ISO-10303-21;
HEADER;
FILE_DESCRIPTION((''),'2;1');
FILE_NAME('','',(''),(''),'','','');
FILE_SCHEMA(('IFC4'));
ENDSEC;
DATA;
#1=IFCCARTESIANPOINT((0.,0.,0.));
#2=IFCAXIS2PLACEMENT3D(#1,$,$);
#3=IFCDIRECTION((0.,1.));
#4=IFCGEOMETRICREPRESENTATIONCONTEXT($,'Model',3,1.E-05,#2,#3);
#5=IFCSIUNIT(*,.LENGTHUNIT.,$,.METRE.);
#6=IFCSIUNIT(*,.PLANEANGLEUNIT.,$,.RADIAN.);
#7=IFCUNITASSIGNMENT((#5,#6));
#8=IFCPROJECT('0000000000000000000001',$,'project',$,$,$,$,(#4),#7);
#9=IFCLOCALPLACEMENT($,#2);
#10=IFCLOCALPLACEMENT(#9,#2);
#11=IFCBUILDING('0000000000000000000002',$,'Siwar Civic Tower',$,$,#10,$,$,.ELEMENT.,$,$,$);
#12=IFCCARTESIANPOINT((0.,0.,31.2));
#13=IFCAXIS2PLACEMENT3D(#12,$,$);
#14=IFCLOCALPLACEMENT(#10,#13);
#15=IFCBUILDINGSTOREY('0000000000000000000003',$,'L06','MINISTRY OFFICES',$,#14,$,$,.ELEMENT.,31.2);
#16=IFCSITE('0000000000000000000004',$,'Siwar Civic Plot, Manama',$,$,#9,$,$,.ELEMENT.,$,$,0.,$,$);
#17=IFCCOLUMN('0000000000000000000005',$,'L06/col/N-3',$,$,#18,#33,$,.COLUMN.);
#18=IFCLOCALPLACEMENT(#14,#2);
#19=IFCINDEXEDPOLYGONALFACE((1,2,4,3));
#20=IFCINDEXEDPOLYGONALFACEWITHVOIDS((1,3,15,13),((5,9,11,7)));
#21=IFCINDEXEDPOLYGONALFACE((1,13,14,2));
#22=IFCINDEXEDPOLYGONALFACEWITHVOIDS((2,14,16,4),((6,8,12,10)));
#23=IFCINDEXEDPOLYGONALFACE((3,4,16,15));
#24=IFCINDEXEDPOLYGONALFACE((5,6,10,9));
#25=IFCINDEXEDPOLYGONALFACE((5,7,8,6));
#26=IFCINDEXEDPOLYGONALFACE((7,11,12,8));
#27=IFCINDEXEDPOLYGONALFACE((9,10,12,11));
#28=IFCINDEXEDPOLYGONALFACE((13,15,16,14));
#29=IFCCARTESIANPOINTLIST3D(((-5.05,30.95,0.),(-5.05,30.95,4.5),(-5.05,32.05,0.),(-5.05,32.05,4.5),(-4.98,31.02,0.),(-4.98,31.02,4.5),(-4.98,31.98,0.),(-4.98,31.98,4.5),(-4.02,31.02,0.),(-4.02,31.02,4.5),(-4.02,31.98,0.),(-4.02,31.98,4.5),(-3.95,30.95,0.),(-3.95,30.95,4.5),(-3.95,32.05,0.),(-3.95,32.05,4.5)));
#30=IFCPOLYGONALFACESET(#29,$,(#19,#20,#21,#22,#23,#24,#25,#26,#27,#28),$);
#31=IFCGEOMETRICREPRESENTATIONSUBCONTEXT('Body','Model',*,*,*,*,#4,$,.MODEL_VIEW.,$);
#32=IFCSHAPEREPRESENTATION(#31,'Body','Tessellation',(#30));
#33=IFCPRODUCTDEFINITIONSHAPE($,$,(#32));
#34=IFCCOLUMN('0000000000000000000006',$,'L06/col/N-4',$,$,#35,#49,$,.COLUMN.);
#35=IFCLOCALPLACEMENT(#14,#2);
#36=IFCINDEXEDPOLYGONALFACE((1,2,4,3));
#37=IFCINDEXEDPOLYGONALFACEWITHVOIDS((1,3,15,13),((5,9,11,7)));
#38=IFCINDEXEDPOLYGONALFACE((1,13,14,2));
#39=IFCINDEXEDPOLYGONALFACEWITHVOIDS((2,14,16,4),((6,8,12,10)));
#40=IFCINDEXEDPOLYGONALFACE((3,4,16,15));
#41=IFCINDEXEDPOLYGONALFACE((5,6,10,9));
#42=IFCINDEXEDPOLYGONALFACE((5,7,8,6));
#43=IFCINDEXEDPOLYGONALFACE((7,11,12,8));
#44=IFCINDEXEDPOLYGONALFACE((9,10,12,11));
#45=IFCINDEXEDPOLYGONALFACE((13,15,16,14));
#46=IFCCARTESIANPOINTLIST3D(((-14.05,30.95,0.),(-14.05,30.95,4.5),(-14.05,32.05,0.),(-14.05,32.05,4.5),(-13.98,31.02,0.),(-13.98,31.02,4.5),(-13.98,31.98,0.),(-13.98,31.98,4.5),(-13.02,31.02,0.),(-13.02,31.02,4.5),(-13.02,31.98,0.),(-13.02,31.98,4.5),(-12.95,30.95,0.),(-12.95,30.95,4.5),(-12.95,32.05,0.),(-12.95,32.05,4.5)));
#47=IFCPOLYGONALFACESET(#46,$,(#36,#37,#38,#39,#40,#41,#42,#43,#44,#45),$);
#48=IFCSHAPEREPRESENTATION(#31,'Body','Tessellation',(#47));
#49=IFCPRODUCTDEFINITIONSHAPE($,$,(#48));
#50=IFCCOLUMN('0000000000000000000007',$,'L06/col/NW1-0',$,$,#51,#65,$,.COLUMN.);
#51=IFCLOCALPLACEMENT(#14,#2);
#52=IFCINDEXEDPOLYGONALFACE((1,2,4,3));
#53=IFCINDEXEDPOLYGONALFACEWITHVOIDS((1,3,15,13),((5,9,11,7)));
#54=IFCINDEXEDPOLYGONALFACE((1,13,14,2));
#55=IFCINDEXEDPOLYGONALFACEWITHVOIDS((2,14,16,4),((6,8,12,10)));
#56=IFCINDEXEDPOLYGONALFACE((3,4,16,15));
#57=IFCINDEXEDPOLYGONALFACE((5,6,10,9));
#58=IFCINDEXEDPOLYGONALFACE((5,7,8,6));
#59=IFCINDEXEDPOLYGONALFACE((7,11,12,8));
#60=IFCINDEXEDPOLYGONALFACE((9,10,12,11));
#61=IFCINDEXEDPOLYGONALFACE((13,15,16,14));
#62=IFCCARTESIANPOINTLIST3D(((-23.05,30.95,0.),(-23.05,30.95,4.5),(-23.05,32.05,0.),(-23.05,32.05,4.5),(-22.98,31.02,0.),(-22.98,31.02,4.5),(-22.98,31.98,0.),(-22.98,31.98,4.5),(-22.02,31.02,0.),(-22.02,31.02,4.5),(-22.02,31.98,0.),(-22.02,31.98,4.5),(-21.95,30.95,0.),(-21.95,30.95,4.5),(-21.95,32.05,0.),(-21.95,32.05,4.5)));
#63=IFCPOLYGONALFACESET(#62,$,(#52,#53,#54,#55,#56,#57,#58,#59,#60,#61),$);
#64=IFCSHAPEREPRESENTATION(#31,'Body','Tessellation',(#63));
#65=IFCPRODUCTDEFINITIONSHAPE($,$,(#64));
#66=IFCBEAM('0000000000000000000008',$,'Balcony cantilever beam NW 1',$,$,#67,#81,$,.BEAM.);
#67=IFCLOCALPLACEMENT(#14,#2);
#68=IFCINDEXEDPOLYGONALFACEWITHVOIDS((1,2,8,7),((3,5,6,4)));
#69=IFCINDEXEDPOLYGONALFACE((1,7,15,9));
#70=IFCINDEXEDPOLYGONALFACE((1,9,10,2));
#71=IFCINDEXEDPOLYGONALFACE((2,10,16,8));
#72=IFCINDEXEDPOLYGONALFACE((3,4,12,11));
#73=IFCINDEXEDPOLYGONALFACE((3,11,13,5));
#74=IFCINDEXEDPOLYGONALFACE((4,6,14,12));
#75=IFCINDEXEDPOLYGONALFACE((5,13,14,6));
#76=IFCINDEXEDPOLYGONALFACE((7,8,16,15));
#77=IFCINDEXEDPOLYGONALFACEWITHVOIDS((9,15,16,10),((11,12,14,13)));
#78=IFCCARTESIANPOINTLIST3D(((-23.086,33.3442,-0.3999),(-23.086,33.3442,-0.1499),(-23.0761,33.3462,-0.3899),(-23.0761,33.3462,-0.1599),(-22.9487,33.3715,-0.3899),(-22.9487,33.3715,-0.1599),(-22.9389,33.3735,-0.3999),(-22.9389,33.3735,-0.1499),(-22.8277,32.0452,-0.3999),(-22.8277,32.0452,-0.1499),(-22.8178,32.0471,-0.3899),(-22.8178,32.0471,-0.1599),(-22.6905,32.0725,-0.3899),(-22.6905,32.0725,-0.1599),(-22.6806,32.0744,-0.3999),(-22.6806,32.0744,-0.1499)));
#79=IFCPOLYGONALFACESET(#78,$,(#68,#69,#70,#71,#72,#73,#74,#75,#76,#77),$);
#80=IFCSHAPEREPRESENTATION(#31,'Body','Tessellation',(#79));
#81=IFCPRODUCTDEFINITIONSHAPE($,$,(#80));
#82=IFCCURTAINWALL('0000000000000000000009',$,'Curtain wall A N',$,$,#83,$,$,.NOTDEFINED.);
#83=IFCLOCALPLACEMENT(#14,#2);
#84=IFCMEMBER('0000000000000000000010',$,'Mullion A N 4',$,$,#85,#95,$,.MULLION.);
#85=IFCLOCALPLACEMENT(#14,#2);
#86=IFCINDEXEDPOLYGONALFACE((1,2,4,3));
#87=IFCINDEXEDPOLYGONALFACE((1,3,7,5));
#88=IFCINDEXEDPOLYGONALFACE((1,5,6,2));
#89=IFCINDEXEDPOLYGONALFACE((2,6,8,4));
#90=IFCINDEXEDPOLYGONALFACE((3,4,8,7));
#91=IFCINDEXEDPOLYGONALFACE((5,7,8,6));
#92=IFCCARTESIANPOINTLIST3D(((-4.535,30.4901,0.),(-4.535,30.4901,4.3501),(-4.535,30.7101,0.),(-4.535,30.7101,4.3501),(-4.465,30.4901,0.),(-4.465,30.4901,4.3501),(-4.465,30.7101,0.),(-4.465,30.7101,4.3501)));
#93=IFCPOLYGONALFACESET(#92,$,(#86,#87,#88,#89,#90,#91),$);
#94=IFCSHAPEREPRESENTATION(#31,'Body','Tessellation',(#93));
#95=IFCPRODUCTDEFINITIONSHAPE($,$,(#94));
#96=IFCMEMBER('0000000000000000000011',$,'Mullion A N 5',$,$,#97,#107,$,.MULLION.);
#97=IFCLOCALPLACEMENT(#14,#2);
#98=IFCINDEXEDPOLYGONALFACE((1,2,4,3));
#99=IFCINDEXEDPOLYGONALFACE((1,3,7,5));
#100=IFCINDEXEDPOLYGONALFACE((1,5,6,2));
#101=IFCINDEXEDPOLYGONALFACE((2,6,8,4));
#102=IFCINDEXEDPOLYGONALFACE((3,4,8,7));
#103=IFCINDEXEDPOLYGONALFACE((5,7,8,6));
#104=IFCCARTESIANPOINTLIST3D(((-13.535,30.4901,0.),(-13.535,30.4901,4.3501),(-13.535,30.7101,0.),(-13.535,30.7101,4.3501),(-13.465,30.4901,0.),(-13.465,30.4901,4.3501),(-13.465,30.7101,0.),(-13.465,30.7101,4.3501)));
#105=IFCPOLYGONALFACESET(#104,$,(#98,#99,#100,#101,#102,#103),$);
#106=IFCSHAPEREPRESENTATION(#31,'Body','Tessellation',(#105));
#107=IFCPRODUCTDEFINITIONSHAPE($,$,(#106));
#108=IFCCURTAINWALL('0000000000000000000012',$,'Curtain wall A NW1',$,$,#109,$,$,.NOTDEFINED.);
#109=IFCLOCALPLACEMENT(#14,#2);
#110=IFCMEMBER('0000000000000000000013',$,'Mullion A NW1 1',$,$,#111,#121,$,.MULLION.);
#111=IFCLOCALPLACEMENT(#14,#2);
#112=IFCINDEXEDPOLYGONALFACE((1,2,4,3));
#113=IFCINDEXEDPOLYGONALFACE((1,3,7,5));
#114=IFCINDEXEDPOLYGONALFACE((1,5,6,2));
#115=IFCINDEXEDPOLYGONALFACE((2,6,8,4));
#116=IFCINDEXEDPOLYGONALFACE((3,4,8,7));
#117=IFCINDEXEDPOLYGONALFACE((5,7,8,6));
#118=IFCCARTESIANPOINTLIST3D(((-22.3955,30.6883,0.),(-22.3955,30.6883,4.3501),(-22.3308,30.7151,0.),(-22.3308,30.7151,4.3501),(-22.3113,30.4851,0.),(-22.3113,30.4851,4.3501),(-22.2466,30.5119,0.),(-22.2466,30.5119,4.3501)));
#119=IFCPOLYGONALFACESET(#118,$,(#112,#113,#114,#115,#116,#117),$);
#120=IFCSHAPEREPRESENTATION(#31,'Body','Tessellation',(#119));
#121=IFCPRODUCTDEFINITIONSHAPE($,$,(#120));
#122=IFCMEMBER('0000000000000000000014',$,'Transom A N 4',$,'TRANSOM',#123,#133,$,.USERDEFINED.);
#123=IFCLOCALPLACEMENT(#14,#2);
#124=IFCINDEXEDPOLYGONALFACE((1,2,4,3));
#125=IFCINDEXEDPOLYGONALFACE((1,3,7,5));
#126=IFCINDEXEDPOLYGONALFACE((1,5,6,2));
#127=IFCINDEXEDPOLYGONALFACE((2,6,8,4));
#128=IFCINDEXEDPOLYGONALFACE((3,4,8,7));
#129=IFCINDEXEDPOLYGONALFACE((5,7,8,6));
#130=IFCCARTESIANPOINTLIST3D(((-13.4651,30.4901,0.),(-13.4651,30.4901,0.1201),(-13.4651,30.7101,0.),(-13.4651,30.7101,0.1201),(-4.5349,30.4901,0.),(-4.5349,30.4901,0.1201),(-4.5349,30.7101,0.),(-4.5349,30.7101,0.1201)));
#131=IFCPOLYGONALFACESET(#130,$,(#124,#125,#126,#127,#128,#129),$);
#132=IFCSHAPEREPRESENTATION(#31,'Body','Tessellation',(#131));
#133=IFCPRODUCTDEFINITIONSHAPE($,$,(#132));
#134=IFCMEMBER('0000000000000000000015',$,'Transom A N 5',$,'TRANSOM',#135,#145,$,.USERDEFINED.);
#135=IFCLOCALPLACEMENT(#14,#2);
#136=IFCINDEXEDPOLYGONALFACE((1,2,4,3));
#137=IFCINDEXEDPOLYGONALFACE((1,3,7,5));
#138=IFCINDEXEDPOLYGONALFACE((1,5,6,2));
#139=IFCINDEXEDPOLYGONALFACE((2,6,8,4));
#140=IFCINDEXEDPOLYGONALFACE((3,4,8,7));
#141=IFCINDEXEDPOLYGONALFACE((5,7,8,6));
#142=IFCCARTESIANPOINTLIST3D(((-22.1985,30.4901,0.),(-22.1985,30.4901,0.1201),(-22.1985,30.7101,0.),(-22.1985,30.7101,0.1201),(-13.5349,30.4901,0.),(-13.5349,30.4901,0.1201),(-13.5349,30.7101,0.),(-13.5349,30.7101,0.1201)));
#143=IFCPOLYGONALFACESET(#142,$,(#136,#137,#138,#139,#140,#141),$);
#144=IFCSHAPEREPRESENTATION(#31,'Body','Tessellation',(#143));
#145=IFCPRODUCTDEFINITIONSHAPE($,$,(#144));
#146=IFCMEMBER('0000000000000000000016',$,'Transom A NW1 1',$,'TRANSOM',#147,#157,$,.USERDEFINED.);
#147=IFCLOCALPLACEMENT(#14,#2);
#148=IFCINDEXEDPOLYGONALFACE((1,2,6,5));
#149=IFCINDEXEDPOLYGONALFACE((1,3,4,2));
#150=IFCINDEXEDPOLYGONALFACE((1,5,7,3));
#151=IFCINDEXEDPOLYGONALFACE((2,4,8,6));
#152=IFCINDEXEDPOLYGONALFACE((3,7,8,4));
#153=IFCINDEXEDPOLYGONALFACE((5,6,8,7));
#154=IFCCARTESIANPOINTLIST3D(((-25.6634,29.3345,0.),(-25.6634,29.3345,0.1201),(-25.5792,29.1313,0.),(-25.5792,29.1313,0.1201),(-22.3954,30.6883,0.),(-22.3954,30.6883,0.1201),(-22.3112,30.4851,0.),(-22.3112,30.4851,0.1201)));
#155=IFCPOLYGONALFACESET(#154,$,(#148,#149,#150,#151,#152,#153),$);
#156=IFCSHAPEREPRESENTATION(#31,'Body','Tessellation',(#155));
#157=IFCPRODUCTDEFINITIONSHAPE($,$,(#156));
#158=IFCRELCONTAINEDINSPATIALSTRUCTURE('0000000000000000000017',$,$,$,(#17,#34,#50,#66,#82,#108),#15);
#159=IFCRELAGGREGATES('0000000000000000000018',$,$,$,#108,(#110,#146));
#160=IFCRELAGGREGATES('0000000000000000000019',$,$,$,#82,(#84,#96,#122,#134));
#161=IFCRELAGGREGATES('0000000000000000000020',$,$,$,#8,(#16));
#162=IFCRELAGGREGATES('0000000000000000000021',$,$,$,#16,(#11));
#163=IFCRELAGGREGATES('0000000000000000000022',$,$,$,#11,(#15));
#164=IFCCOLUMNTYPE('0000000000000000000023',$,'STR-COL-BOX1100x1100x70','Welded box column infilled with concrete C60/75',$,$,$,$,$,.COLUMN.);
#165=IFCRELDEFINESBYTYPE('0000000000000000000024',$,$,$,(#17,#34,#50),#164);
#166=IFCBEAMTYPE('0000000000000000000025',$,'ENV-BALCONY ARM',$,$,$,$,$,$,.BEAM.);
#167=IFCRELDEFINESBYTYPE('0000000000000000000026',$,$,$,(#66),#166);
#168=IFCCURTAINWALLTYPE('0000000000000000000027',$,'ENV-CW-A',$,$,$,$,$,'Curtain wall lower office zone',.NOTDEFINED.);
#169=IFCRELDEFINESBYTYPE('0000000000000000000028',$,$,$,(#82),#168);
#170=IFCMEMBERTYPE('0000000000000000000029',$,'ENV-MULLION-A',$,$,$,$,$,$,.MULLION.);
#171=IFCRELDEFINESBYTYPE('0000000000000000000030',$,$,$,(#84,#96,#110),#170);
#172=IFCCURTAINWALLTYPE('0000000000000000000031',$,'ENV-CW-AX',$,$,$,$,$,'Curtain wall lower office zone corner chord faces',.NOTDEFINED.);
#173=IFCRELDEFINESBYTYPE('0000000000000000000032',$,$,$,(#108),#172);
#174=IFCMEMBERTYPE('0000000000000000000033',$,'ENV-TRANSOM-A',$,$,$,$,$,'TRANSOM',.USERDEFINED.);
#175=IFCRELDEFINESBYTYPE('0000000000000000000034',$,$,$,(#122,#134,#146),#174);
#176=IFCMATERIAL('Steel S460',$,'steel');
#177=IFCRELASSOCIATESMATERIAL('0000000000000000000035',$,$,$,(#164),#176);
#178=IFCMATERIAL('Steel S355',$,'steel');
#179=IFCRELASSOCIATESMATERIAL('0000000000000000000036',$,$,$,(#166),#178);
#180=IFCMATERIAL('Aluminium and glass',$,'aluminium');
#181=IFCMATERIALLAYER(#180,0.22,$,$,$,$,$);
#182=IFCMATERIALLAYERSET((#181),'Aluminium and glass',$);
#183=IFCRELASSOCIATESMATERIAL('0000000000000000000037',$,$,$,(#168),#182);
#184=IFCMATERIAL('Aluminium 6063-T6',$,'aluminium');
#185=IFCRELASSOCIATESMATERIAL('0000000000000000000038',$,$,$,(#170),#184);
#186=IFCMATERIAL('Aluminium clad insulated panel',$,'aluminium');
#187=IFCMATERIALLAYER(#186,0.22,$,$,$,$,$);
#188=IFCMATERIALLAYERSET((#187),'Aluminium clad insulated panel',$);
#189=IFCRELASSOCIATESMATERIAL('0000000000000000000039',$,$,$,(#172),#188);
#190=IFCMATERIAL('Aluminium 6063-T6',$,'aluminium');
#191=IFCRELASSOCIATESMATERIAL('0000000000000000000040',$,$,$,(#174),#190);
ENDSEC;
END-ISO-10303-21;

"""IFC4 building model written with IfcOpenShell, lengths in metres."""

from ifc_helpers import new_model, si_unit, direction, frame, origin, origin_2d, place, context, subcontext, project, spatial, rectangle, hollow_rectangle, extrude, material, layer, layer_set, material_profile, profile_set, type_object, element, aggregate, save


model = new_model("IFC4")

# Units and contexts
model_context = context("Model", 3, precision=1e-05, world=origin(), true_north=direction((0.0, 1.0)))
body_context = subcontext(model_context, "Body", "Model", "MODEL_VIEW")
ifc_project = project(units=[si_unit("LENGTHUNIT", "METRE"), si_unit("PLANEANGLEUNIT", "RADIAN")], contexts=[model_context])

# Site, building, storey
site_placement = place(None, origin())
site = spatial("IfcSite", under=ifc_project, at=site_placement, Name="Siwar Civic Plot, Manama", CompositionType="ELEMENT", RefElevation=0.0)
building_placement = place(site_placement, origin())
building = spatial("IfcBuilding", under=site, at=building_placement, Name="Siwar Civic Tower", CompositionType="ELEMENT")
storey_placement = place(building_placement, frame((0.0, 0.0, 31.2)))
storey = spatial("IfcBuildingStorey", under=building, at=storey_placement, Name="L06", Description="MINISTRY OFFICES", CompositionType="ELEMENT", Elevation=31.2)

# Columns
ifc_material_1 = material(Name="Steel S460", Category="steel")
ifc_material_profile_1 = material_profile(ifc_material_1, hollow_rectangle(XDim=1.1001, YDim=1.1001, WallThickness=0.0701, at=origin_2d()), Name="BOX1100x1100x70")
ifc_profile_set_1 = profile_set([ifc_material_profile_1], Name="Steel S460")
column_type = type_object("IfcColumnType", Name="STR-COL-BOX1100x1100x70", Description="Welded box column infilled with concrete C60/75", PredefinedType="COLUMN", material=ifc_profile_set_1)
for number, where, z_axis, x_axis, name in (
    (1, (-4.5, 31.5, 0.0), (0.0, 0.0, 1.0), (1.0, 0.0, 0.0), "L06/col/N-3"),
    (2, (-13.5, 31.5, 0.0), (0.0, 0.0, 1.0), (1.0, 0.0, 0.0), "L06/col/N-4"),
    (3, (-22.5, 31.5, 0.0), (0.0, 0.0, 1.0), (1.0, 0.0, 0.0), "L06/col/NW1-0"),
):
    element("IfcColumn", number, at=place(storey_placement, frame(where, z_axis=z_axis, x_axis=x_axis)), inside=storey, type_object=column_type, Name=name, PredefinedType="COLUMN", context=body_context, shape_type="SweptSolid", body=[
        extrude(hollow_rectangle(XDim=1.1001, YDim=1.1001, WallThickness=0.0701, at=origin_2d()), origin(), (0.0, 0.0, 1.0), 4.5),
    ])

# Beam
ifc_material_2 = material(Name="Steel S355", Category="steel")
ifc_material_profile_2 = material_profile(ifc_material_2, hollow_rectangle(XDim=0.1499, YDim=0.25, WallThickness=0.01, at=origin_2d()), Name="RHS250x150x10")
ifc_profile_set_2 = profile_set([ifc_material_profile_2], Name="Steel S355")
beam_type_1 = type_object("IfcBeamType", Name="ENV-BALCONY ARM", PredefinedType="BEAM", material=ifc_profile_set_2)
beam_1_placement = place(storey_placement, frame((-22.7542, 32.0598, -0.2749), z_axis=(-0.195017, 0.9808, 0.0), x_axis=(-0.9808, -0.195017, 0.0)))
element("IfcBeam", 4, at=beam_1_placement, inside=storey, type_object=beam_type_1, Name="Balcony cantilever beam NW 1", PredefinedType="BEAM", context=body_context, shape_type="SweptSolid", body=[
    extrude(hollow_rectangle(XDim=0.1499, YDim=0.25, WallThickness=0.01, at=origin_2d()), origin(), (0.0, 0.0, 1.0), 1.3245),
])

# Curtain wall, members
ifc_material_3 = material(Name="Aluminium and glass", Category="aluminium")
ifc_layer_1 = layer(ifc_material_3, 0.22)
ifc_layer_set_1 = layer_set([ifc_layer_1], Name="Aluminium and glass")
curtain_wall_type_1 = type_object("IfcCurtainWallType", Name="ENV-CW-A", ElementType="Curtain wall lower office zone", PredefinedType="NOTDEFINED", material=ifc_layer_set_1)
curtain_wall_1_placement = place(storey_placement, origin())
curtain_wall_1 = element("IfcCurtainWall", 5, at=curtain_wall_1_placement, inside=storey, type_object=curtain_wall_type_1, Name="Curtain wall A N", PredefinedType="NOTDEFINED")
ifc_material_4 = material(Name="Aluminium 6063-T6", Category="aluminium")
ifc_material_profile_3 = material_profile(ifc_material_4, rectangle(XDim=0.22, YDim=0.0701, at=origin_2d()), Name="AL 220x70")
ifc_profile_set_3 = profile_set([ifc_material_profile_3], Name="Aluminium 6063-T6")
member_type_1 = type_object("IfcMemberType", Name="ENV-MULLION-A", PredefinedType="MULLION", material=ifc_profile_set_3)
member_1_placement = place(storey_placement, frame((-4.5, 30.6001, 0.0), z_axis=(0.0, 0.0, 1.0), x_axis=(0.0, -1.0, 0.0)))
member_1 = element("IfcMember", 6, at=member_1_placement, type_object=member_type_1, Name="Mullion A N 4", PredefinedType="MULLION", context=body_context, shape_type="SweptSolid", body=[
    extrude(rectangle(XDim=0.22, YDim=0.0701, at=origin_2d()), origin(), (0.0, 0.0, 1.0), 4.3501),
])
member_2_placement = place(storey_placement, frame((-13.5, 30.6001, 0.0), z_axis=(0.0, 0.0, 1.0), x_axis=(0.0, -1.0, 0.0)))
member_2 = element("IfcMember", 7, at=member_2_placement, type_object=member_type_1, Name="Mullion A N 5", PredefinedType="MULLION", context=body_context, shape_type="SweptSolid", body=[
    extrude(rectangle(XDim=0.22, YDim=0.0701, at=origin_2d()), origin(), (0.0, 0.0, 1.0), 4.3501),
])

# Curtain wall, member
ifc_material_5 = material(Name="Aluminium clad insulated panel", Category="aluminium")
ifc_layer_2 = layer(ifc_material_5, 0.22)
ifc_layer_set_2 = layer_set([ifc_layer_2], Name="Aluminium clad insulated panel")
curtain_wall_type_2 = type_object("IfcCurtainWallType", Name="ENV-CW-AX", ElementType="Curtain wall lower office zone corner chord faces", PredefinedType="NOTDEFINED", material=ifc_layer_set_2)
curtain_wall_2_placement = place(storey_placement, origin())
curtain_wall_2 = element("IfcCurtainWall", 8, at=curtain_wall_2_placement, inside=storey, type_object=curtain_wall_type_2, Name="Curtain wall A NW1", PredefinedType="NOTDEFINED")
member_3_placement = place(storey_placement, frame((-22.321, 30.6001, 0.0), z_axis=(0.0, 0.0, 1.0), x_axis=(0.382683, -0.92388, 0.0)))
member_3 = element("IfcMember", 9, at=member_3_placement, type_object=member_type_1, Name="Mullion A NW1 1", PredefinedType="MULLION", context=body_context, shape_type="SweptSolid", body=[
    extrude(rectangle(XDim=0.22, YDim=0.0701, at=origin_2d()), origin(), (0.0, 0.0, 1.0), 4.3501),
])

# Members
ifc_material_6 = material(Name="Aluminium 6063-T6", Category="aluminium")
ifc_material_profile_4 = material_profile(ifc_material_6, rectangle(XDim=0.22, YDim=0.1201, at=origin_2d()), Name="AL 220x120")
ifc_profile_set_4 = profile_set([ifc_material_profile_4], Name="Aluminium 6063-T6")
member_type_2 = type_object("IfcMemberType", Name="ENV-TRANSOM-A", ElementType="TRANSOM", PredefinedType="USERDEFINED", material=ifc_profile_set_4)
member_4_placement = place(storey_placement, frame((-4.5349, 30.6001, 0.0601), z_axis=(-1.0, 0.0, 0.0), x_axis=(0.0, -1.0, 0.0)))
member_4 = element("IfcMember", 10, at=member_4_placement, type_object=member_type_2, Name="Transom A N 4", ObjectType="TRANSOM", PredefinedType="USERDEFINED", context=body_context, shape_type="SweptSolid", body=[
    extrude(rectangle(XDim=0.22, YDim=0.1201, at=origin_2d()), origin(), (0.0, 0.0, 1.0), 8.9302),
])
member_5_placement = place(storey_placement, frame((-13.5349, 30.6001, 0.0601), z_axis=(-1.0, 0.0, 0.0), x_axis=(0.0, -1.0, 0.0)))
member_5 = element("IfcMember", 11, at=member_5_placement, type_object=member_type_2, Name="Transom A N 5", ObjectType="TRANSOM", PredefinedType="USERDEFINED", context=body_context, shape_type="SweptSolid", body=[
    extrude(rectangle(XDim=0.22, YDim=0.1201, at=origin_2d()), origin(), (0.0, 0.0, 1.0), 8.6636),
])
member_6_placement = place(storey_placement, frame((-22.3533, 30.5867, 0.0601), z_axis=(-0.923871, -0.382703, 0.0), x_axis=(0.382703, -0.923871, 0.0)))
member_6 = element("IfcMember", 12, at=member_6_placement, type_object=member_type_2, Name="Transom A NW1 1", ObjectType="TRANSOM", PredefinedType="USERDEFINED", context=body_context, shape_type="SweptSolid", body=[
    extrude(rectangle(XDim=0.22, YDim=0.1201, at=origin_2d()), origin(), (0.0, 0.0, 1.0), 3.5374),
])
aggregate(curtain_wall_2, [member_3, member_6])

aggregate(curtain_wall_1, [member_1, member_2, member_4, member_5])

save(model, "model.ifc")
